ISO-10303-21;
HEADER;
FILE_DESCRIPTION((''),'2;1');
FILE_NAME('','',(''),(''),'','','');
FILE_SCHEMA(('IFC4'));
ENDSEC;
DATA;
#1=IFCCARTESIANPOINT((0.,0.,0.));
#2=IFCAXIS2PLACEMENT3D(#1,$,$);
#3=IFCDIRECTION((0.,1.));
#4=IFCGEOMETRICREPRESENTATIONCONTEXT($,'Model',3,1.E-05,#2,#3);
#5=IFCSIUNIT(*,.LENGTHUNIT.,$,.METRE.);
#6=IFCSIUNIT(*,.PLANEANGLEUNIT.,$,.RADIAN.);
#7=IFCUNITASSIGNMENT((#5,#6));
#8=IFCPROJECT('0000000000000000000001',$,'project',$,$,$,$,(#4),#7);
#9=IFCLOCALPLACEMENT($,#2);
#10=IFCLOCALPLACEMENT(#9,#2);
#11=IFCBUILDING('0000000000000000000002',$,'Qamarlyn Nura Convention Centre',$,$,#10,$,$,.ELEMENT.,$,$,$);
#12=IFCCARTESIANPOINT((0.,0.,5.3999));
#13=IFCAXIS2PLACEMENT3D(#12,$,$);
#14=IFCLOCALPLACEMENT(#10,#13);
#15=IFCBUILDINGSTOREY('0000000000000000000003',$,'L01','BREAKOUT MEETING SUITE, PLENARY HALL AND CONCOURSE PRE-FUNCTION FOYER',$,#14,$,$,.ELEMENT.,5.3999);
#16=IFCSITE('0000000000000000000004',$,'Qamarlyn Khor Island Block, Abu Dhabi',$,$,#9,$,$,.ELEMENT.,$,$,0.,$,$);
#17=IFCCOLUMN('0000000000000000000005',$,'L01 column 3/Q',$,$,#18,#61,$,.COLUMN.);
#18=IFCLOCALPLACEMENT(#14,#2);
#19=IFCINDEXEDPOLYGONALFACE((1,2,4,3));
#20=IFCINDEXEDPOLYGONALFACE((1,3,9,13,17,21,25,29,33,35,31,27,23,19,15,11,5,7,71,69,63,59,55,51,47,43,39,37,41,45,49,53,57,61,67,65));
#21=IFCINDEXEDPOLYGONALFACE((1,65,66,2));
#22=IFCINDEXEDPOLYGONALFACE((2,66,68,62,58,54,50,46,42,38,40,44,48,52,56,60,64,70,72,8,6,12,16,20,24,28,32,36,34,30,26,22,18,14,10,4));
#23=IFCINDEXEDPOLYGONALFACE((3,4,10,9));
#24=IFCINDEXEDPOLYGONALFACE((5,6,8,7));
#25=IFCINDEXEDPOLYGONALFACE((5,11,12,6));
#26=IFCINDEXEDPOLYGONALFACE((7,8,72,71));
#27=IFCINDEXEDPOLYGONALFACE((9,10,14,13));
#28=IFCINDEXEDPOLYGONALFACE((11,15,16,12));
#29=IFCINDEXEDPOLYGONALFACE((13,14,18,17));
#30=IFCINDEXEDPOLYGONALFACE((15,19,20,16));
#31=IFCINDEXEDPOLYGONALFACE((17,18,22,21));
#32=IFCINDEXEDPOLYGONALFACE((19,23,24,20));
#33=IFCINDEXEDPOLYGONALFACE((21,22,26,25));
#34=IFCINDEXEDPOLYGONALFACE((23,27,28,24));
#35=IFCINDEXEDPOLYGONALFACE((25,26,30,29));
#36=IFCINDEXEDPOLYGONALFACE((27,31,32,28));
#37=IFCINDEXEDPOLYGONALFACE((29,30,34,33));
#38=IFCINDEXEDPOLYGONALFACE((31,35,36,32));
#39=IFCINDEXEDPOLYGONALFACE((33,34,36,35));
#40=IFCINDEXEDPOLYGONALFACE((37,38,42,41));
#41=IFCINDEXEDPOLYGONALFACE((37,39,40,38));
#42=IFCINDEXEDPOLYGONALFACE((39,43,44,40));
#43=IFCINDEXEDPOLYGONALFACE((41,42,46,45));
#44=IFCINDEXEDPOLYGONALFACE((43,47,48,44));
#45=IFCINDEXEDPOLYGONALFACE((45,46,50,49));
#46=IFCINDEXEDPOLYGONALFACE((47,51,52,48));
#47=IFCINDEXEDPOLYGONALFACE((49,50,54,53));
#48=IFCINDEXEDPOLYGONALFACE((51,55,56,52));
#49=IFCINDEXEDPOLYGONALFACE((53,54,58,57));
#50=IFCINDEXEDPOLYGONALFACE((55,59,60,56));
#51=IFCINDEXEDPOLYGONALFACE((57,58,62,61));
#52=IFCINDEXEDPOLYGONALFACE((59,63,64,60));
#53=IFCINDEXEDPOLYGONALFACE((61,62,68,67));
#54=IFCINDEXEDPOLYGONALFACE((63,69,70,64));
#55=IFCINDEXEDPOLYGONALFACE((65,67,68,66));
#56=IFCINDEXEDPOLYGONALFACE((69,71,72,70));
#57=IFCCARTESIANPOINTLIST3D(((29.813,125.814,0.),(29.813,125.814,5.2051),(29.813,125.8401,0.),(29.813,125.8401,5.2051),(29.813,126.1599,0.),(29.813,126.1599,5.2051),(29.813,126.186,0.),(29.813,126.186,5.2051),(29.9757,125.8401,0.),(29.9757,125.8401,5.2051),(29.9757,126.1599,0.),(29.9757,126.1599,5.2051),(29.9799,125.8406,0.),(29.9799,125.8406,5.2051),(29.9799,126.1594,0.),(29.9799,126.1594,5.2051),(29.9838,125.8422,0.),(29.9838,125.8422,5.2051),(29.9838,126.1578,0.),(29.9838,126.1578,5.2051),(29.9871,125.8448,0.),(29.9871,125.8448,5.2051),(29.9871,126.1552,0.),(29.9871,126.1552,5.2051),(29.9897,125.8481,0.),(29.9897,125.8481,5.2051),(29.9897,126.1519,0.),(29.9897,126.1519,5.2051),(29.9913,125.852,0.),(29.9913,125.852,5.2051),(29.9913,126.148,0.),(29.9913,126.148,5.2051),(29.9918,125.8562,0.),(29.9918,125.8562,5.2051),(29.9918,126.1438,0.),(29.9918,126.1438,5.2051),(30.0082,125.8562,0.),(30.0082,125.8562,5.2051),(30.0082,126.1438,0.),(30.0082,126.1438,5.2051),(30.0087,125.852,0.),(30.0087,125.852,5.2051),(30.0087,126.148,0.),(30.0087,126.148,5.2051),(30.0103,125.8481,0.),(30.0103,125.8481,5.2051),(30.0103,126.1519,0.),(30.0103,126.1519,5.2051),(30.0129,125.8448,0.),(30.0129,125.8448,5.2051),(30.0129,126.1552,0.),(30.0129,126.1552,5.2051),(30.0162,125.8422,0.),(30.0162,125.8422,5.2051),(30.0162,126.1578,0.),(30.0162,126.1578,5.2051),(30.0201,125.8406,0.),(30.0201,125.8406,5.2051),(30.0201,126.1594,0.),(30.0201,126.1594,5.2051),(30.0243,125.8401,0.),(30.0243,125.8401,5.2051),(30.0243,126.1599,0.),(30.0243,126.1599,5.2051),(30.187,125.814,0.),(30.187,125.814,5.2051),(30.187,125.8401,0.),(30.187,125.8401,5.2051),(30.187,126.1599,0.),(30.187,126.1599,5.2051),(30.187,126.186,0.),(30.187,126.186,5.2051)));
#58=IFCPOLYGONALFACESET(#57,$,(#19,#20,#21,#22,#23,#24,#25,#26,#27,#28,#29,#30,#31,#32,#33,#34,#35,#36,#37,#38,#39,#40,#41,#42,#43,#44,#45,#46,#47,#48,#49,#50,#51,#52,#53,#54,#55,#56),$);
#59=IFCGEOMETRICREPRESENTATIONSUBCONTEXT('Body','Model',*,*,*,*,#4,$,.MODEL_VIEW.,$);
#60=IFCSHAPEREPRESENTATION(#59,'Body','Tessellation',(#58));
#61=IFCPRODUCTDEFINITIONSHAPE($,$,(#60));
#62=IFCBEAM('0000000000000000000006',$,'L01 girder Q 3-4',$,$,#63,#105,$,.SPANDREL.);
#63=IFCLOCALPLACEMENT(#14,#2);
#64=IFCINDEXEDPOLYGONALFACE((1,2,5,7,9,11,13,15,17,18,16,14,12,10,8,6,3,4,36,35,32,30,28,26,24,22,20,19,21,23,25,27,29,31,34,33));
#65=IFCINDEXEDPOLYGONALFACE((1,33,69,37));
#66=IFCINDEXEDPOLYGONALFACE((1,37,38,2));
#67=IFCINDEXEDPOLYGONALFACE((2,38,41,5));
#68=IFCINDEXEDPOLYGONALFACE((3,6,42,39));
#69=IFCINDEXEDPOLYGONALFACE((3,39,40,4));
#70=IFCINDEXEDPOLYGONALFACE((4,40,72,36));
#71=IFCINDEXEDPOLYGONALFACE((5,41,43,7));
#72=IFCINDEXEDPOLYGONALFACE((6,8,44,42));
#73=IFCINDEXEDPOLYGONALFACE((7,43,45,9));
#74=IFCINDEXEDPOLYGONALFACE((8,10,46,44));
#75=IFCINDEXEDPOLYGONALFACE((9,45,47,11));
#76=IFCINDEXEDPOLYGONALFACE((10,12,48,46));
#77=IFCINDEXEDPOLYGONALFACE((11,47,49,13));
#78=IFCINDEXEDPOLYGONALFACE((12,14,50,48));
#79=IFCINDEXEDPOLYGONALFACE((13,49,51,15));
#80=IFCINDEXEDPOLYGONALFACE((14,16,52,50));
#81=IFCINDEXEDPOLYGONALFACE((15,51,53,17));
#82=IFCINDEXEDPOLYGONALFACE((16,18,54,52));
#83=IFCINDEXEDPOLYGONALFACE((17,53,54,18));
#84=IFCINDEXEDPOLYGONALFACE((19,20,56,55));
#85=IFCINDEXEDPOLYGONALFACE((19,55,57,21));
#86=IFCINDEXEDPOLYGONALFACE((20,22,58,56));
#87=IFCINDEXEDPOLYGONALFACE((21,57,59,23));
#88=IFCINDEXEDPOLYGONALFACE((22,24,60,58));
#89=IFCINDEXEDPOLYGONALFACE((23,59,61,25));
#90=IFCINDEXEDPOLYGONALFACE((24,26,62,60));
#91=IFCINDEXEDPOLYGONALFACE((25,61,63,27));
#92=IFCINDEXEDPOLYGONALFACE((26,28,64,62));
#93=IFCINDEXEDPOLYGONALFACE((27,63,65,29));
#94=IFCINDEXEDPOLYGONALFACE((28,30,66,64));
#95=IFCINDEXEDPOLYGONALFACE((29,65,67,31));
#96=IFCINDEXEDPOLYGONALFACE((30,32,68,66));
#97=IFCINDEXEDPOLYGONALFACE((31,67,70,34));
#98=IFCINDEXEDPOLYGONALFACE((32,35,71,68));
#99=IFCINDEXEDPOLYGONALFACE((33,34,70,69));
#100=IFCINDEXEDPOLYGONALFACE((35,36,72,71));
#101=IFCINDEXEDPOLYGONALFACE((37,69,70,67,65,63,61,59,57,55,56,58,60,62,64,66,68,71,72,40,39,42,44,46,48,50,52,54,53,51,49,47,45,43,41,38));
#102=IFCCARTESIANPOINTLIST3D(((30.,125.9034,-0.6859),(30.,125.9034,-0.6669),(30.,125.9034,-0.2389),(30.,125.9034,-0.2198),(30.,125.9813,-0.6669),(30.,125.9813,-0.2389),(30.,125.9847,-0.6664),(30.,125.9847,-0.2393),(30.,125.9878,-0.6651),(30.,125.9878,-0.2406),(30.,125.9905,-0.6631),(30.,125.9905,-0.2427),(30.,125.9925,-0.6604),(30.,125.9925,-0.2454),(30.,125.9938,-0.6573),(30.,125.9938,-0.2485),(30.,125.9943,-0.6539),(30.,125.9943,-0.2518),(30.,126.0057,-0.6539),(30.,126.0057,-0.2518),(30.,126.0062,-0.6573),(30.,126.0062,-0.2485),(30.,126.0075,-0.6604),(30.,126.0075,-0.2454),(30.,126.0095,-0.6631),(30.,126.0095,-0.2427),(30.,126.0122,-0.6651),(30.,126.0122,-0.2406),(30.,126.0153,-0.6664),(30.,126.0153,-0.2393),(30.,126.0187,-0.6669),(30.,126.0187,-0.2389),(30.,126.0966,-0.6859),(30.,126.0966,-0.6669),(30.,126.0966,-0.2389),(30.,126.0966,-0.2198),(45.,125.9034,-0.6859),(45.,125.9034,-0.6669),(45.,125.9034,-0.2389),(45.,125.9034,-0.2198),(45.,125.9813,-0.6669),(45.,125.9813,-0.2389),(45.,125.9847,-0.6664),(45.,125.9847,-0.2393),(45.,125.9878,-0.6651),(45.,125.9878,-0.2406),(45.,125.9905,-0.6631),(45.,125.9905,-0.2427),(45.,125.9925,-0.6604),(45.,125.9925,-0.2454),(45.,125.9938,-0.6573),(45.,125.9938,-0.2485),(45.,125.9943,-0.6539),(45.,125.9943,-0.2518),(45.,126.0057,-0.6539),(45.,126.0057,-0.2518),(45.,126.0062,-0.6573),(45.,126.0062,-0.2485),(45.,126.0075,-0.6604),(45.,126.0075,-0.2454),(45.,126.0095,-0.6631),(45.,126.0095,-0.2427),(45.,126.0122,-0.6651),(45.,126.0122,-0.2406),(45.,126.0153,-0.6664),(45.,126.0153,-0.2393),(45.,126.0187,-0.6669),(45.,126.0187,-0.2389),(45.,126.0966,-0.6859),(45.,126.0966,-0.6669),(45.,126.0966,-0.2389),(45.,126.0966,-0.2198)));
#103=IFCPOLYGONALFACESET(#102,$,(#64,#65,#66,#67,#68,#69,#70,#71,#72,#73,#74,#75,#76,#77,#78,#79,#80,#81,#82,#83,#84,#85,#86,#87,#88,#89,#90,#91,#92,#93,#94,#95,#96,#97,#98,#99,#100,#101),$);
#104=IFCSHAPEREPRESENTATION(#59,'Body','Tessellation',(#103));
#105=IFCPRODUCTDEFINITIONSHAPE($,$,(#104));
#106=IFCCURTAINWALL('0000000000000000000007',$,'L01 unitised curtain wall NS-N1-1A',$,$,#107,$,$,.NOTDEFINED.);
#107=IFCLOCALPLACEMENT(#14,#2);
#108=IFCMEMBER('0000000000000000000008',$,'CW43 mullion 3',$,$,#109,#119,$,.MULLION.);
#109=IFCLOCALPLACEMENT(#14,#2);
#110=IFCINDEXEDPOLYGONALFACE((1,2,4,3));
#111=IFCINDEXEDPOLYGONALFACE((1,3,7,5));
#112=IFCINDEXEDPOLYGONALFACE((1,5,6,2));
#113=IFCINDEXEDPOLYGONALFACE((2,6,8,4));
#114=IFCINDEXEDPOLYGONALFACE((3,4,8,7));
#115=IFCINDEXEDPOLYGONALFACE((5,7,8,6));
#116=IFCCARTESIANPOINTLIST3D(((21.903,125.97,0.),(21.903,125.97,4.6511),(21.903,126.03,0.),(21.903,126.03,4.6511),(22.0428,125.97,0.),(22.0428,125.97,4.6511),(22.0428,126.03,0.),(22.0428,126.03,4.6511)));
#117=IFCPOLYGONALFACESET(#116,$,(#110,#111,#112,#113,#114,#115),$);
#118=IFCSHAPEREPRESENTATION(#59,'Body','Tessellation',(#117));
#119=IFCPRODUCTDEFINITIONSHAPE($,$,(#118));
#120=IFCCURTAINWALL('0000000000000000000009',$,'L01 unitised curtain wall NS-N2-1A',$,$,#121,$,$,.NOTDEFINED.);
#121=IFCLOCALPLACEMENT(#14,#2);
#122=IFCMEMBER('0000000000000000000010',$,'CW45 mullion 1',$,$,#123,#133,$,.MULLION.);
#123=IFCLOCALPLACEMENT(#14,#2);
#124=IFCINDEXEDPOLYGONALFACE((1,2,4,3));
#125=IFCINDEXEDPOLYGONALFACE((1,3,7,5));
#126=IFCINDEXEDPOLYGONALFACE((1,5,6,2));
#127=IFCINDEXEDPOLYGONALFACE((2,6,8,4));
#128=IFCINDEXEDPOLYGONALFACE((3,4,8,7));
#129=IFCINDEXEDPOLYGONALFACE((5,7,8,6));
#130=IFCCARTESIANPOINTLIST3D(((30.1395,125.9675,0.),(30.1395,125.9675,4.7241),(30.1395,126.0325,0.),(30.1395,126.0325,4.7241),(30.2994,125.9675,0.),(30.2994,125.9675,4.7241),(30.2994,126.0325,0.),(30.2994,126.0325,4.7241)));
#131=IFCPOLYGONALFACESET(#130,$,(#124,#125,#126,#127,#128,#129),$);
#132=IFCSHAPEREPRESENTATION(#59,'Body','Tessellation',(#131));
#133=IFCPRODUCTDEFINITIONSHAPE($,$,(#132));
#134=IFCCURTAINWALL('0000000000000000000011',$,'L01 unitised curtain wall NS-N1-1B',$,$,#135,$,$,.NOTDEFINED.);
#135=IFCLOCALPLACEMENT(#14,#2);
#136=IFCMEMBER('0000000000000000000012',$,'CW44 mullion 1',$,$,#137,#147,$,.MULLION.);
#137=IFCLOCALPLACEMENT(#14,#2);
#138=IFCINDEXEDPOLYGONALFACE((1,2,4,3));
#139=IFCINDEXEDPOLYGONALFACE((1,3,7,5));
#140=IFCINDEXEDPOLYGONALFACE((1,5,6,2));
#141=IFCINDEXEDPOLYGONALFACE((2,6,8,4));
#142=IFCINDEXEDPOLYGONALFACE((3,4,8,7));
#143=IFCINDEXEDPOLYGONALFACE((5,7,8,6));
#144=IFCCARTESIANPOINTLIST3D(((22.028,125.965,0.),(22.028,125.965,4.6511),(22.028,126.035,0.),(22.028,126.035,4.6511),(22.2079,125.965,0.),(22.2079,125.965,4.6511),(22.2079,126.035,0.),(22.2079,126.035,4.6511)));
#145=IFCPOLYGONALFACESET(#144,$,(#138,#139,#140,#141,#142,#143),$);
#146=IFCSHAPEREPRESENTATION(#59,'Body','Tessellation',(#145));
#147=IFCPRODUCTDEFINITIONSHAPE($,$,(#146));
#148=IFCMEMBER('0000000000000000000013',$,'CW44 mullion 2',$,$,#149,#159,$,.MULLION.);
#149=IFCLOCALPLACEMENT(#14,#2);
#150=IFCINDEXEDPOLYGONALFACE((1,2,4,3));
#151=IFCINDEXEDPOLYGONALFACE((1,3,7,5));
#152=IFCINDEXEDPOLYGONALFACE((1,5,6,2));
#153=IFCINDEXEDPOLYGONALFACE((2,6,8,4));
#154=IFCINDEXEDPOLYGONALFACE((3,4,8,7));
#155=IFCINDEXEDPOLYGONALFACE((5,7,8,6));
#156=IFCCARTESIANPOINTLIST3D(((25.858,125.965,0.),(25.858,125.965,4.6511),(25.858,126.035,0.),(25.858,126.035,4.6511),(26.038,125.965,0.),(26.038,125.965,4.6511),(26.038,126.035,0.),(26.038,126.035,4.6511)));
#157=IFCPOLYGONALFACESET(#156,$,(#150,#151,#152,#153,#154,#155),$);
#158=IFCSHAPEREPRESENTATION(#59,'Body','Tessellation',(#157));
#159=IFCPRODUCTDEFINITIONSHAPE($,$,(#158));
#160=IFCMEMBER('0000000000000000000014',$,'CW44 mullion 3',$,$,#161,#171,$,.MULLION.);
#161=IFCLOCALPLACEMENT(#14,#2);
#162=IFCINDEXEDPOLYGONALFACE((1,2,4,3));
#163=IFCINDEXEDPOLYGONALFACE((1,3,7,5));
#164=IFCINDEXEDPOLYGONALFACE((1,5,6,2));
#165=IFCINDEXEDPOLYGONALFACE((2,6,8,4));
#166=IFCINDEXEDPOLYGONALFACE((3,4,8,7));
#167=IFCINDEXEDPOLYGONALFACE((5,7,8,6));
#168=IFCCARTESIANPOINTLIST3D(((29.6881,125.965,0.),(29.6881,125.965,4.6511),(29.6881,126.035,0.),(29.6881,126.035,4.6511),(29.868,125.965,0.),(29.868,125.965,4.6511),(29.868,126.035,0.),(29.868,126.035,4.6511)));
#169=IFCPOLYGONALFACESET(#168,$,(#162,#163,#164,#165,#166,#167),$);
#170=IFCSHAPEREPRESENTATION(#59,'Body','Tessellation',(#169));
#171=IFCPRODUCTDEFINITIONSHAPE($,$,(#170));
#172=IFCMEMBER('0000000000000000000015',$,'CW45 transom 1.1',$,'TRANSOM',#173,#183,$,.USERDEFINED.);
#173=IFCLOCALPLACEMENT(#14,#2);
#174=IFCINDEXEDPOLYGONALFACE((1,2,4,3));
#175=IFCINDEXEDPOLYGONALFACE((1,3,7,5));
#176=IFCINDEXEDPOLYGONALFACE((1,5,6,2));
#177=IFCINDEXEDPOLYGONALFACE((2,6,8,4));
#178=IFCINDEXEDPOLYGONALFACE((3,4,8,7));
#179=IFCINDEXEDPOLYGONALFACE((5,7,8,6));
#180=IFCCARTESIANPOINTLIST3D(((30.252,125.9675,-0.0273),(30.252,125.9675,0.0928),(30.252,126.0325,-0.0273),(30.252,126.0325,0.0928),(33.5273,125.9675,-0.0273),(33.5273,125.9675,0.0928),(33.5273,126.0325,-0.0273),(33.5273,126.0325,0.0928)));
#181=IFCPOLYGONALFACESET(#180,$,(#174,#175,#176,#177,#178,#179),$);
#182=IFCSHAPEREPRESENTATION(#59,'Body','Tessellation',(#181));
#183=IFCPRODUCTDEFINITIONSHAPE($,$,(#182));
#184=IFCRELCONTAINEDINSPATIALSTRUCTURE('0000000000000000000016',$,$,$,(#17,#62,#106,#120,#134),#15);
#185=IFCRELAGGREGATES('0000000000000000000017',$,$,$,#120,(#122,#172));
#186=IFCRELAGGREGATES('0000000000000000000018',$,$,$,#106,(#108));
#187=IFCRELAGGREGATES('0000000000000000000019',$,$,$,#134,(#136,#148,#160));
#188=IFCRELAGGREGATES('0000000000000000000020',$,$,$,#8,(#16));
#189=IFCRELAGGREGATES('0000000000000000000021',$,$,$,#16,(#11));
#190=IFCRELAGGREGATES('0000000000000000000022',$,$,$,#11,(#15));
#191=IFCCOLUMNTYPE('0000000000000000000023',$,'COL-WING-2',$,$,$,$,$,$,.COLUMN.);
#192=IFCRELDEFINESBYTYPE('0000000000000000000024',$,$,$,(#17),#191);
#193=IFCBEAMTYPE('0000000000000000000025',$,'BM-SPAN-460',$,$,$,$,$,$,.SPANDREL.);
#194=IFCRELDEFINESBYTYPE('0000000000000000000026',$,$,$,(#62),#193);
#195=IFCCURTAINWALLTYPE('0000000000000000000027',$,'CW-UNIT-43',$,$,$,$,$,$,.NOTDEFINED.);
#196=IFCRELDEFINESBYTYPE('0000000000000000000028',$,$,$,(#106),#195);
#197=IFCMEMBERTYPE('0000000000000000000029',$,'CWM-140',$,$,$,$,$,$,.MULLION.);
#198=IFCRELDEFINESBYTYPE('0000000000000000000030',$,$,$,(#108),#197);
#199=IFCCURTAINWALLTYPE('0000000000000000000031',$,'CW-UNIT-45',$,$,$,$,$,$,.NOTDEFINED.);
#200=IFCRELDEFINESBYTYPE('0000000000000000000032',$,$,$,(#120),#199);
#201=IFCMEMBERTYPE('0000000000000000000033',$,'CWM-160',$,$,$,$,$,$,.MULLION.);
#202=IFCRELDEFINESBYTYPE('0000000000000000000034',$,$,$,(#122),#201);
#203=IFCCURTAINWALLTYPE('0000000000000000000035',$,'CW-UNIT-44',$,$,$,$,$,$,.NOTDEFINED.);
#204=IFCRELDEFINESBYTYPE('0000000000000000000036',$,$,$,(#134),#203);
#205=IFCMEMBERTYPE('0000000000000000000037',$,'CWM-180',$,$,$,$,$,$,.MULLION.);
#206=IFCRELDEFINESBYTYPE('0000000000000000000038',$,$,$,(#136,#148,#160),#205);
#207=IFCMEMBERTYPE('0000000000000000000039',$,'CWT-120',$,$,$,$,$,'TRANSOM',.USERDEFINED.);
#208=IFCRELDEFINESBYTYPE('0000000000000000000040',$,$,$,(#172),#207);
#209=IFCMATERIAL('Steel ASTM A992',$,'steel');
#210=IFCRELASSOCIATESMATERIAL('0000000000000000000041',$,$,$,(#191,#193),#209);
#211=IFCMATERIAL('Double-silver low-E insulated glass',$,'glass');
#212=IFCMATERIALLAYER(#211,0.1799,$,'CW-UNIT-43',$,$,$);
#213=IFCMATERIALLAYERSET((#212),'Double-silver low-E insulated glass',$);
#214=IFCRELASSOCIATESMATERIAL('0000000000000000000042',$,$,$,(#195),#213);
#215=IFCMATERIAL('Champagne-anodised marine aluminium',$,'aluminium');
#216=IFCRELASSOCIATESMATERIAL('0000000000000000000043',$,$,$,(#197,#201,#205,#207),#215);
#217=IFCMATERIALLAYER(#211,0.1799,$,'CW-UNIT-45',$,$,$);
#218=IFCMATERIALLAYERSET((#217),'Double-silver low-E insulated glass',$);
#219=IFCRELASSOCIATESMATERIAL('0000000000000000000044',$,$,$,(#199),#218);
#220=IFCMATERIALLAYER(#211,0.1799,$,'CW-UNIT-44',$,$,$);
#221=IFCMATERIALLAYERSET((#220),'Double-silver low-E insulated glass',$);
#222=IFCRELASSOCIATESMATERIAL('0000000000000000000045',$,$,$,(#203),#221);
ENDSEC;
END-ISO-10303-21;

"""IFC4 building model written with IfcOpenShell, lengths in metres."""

from ifc_helpers import new_model, si_unit, direction, frame, origin, origin_2d, place, context, subcontext, project, spatial, rectangle, i_section, extrude, material, layer, layer_set, material_profile, profile_set, type_object, element, aggregate, save


model = new_model("IFC4")

# Units and contexts
model_context = context("Model", 3, precision=1e-05, world=origin(), true_north=direction((0.0, 1.0)))
body_context = subcontext(model_context, "Body", "Model", "MODEL_VIEW")
ifc_project = project(units=[si_unit("LENGTHUNIT", "METRE"), si_unit("PLANEANGLEUNIT", "RADIAN")], contexts=[model_context])

# Site, building, storey
site_placement = place(None, origin())
site = spatial("IfcSite", under=ifc_project, at=site_placement, Name="Qamarlyn Khor Island Block, Abu Dhabi", CompositionType="ELEMENT", RefElevation=0.0)
building_placement = place(site_placement, origin())
building = spatial("IfcBuilding", under=site, at=building_placement, Name="Qamarlyn Nura Convention Centre", CompositionType="ELEMENT")
storey_placement = place(building_placement, frame((0.0, 0.0, 5.3999)))
storey = spatial("IfcBuildingStorey", under=building, at=storey_placement, Name="L01", Description="BREAKOUT MEETING SUITE, PLENARY HALL AND CONCOURSE PRE-FUNCTION FOYER", CompositionType="ELEMENT", Elevation=5.3999)

# Column
ifc_material_1 = material(Name="Steel ASTM A992", Category="steel")
ifc_material_profile_1 = material_profile(ifc_material_1, i_section(OverallWidth=0.374, OverallDepth=0.3721, WebThickness=0.0164, FlangeThickness=0.0261, FilletRadius=0.0161, at=origin_2d()), Name="W360X196")
ifc_profile_set_1 = profile_set([ifc_material_profile_1], Name="Steel ASTM A992")
column_type = type_object("IfcColumnType", Name="COL-WING-2", PredefinedType="COLUMN", material=ifc_profile_set_1)
column_placement = place(storey_placement, frame((30.0, 126.0, 0.0), z_axis=(0.0, 0.0, 1.0), x_axis=(1.0, 0.0, 0.0)))
element("IfcColumn", 1, at=column_placement, inside=storey, type_object=column_type, Name="L01 column 3/Q", PredefinedType="COLUMN", context=body_context, shape_type="SweptSolid", body=[
    extrude(i_section(OverallWidth=0.374, OverallDepth=0.3721, WebThickness=0.0164, FlangeThickness=0.0261, FilletRadius=0.0161, at=origin_2d()), origin(), (0.0, 0.0, 1.0), 5.2051),
])

# Beam
ifc_material_profile_2 = material_profile(ifc_material_1, i_section(OverallWidth=0.1931, OverallDepth=0.4661, WebThickness=0.0115, FlangeThickness=0.019, FilletRadius=0.0129, at=origin_2d()), Name="W460X97")
ifc_profile_set_2 = profile_set([ifc_material_profile_2], Name="Steel ASTM A992")
beam_type = type_object("IfcBeamType", Name="BM-SPAN-460", PredefinedType="SPANDREL", material=ifc_profile_set_2)
beam_placement = place(storey_placement, frame((30.0, 126.0, -0.4529), z_axis=(1.0, 0.0, 0.0), x_axis=(0.0, 1.0, 0.0)))
element("IfcBeam", 2, at=beam_placement, inside=storey, type_object=beam_type, Name="L01 girder Q 3-4", PredefinedType="SPANDREL", context=body_context, shape_type="SweptSolid", body=[
    extrude(i_section(OverallWidth=0.1931, OverallDepth=0.4661, WebThickness=0.0115, FlangeThickness=0.019, FilletRadius=0.0129, at=origin_2d()), origin(), (0.0, 0.0, 1.0), 15.0),
])

# Curtain walls, members
ifc_material_2 = material(Name="Double-silver low-E insulated glass", Category="glass")
ifc_layer_1 = layer(ifc_material_2, 0.1799, Name="CW-UNIT-43")
ifc_layer_set_1 = layer_set([ifc_layer_1], Name="Double-silver low-E insulated glass")
curtain_wall_type_1 = type_object("IfcCurtainWallType", Name="CW-UNIT-43", PredefinedType="NOTDEFINED", material=ifc_layer_set_1)
curtain_wall_1_placement = place(storey_placement, origin())
curtain_wall_1 = element("IfcCurtainWall", 3, at=curtain_wall_1_placement, inside=storey, type_object=curtain_wall_type_1, Name="L01 unitised curtain wall NS-N1-1A", PredefinedType="NOTDEFINED")
ifc_material_3 = material(Name="Champagne-anodised marine aluminium", Category="aluminium")
ifc_material_profile_3 = material_profile(ifc_material_3, rectangle(XDim=0.0601, YDim=0.1399, at=origin_2d()), Name="ALU MULLION 60x140")
ifc_profile_set_3 = profile_set([ifc_material_profile_3], Name="Champagne-anodised marine aluminium")
member_type_1 = type_object("IfcMemberType", Name="CWM-140", PredefinedType="MULLION", material=ifc_profile_set_3)
member_1_placement = place(storey_placement, frame((21.9729, 126.0, 0.0), z_axis=(0.0, 0.0, 1.0), x_axis=(0.0, 1.0, 0.0)))
member_1 = element("IfcMember", 4, at=member_1_placement, type_object=member_type_1, Name="CW43 mullion 3", PredefinedType="MULLION", context=body_context, shape_type="SweptSolid", body=[
    extrude(rectangle(XDim=0.0601, YDim=0.1399, at=origin_2d()), origin(), (0.0, 0.0, 1.0), 4.6511),
])
ifc_layer_2 = layer(ifc_material_2, 0.1799, Name="CW-UNIT-45")
ifc_layer_set_2 = layer_set([ifc_layer_2], Name="Double-silver low-E insulated glass")
curtain_wall_type_2 = type_object("IfcCurtainWallType", Name="CW-UNIT-45", PredefinedType="NOTDEFINED", material=ifc_layer_set_2)
curtain_wall_2_placement = place(storey_placement, origin())
curtain_wall_2 = element("IfcCurtainWall", 5, at=curtain_wall_2_placement, inside=storey, type_object=curtain_wall_type_2, Name="L01 unitised curtain wall NS-N2-1A", PredefinedType="NOTDEFINED")
ifc_material_profile_4 = material_profile(ifc_material_3, rectangle(XDim=0.0649, YDim=0.1599, at=origin_2d()), Name="ALU MULLION 65x160")
ifc_profile_set_4 = profile_set([ifc_material_profile_4], Name="Champagne-anodised marine aluminium")
member_type_2 = type_object("IfcMemberType", Name="CWM-160", PredefinedType="MULLION", material=ifc_profile_set_4)
member_2_placement = place(storey_placement, frame((30.2195, 126.0, 0.0), z_axis=(0.0, 0.0, 1.0), x_axis=(0.0, 1.0, 0.0)))
member_2 = element("IfcMember", 6, at=member_2_placement, type_object=member_type_2, Name="CW45 mullion 1", PredefinedType="MULLION", context=body_context, shape_type="SweptSolid", body=[
    extrude(rectangle(XDim=0.0649, YDim=0.1599, at=origin_2d()), origin(), (0.0, 0.0, 1.0), 4.7241),
])

# Curtain wall, members
ifc_layer_3 = layer(ifc_material_2, 0.1799, Name="CW-UNIT-44")
ifc_layer_set_3 = layer_set([ifc_layer_3], Name="Double-silver low-E insulated glass")
curtain_wall_type_3 = type_object("IfcCurtainWallType", Name="CW-UNIT-44", PredefinedType="NOTDEFINED", material=ifc_layer_set_3)
curtain_wall_3_placement = place(storey_placement, origin())
curtain_wall_3 = element("IfcCurtainWall", 7, at=curtain_wall_3_placement, inside=storey, type_object=curtain_wall_type_3, Name="L01 unitised curtain wall NS-N1-1B", PredefinedType="NOTDEFINED")
ifc_material_profile_5 = material_profile(ifc_material_3, rectangle(XDim=0.0701, YDim=0.1799, at=origin_2d()), Name="ALU MULLION 70x180")
ifc_profile_set_5 = profile_set([ifc_material_profile_5], Name="Champagne-anodised marine aluminium")
member_type_3 = type_object("IfcMemberType", Name="CWM-180", PredefinedType="MULLION", material=ifc_profile_set_5)
member_3_placement = place(storey_placement, frame((22.1179, 126.0, 0.0), z_axis=(0.0, 0.0, 1.0), x_axis=(0.0, 1.0, 0.0)))
member_3 = element("IfcMember", 8, at=member_3_placement, type_object=member_type_3, Name="CW44 mullion 1", PredefinedType="MULLION", context=body_context, shape_type="SweptSolid", body=[
    extrude(rectangle(XDim=0.0701, YDim=0.1799, at=origin_2d()), origin(), (0.0, 0.0, 1.0), 4.6511),
])
member_4_placement = place(storey_placement, frame((25.948, 126.0, 0.0), z_axis=(0.0, 0.0, 1.0), x_axis=(0.0, 1.0, 0.0)))
member_4 = element("IfcMember", 9, at=member_4_placement, type_object=member_type_3, Name="CW44 mullion 2", PredefinedType="MULLION", context=body_context, shape_type="SweptSolid", body=[
    extrude(rectangle(XDim=0.0701, YDim=0.1799, at=origin_2d()), origin(), (0.0, 0.0, 1.0), 4.6511),
])
member_5_placement = place(storey_placement, frame((29.7781, 126.0, 0.0), z_axis=(0.0, 0.0, 1.0), x_axis=(0.0, 1.0, 0.0)))
member_5 = element("IfcMember", 10, at=member_5_placement, type_object=member_type_3, Name="CW44 mullion 3", PredefinedType="MULLION", context=body_context, shape_type="SweptSolid", body=[
    extrude(rectangle(XDim=0.0701, YDim=0.1799, at=origin_2d()), origin(), (0.0, 0.0, 1.0), 4.6511),
])

# Member
ifc_material_profile_6 = material_profile(ifc_material_3, rectangle(XDim=0.0649, YDim=0.1201, at=origin_2d()), Name="ALU TRANSOM 65x120")
ifc_profile_set_6 = profile_set([ifc_material_profile_6], Name="Champagne-anodised marine aluminium")
member_type_4 = type_object("IfcMemberType", Name="CWT-120", ElementType="TRANSOM", PredefinedType="USERDEFINED", material=ifc_profile_set_6)
member_6_placement = place(storey_placement, frame((30.252, 126.0, 0.0327), z_axis=(1.0, 0.0, 0.0), x_axis=(0.0, 1.0, 0.0)))
member_6 = element("IfcMember", 11, at=member_6_placement, type_object=member_type_4, Name="CW45 transom 1.1", ObjectType="TRANSOM", PredefinedType="USERDEFINED", context=body_context, shape_type="SweptSolid", body=[
    extrude(rectangle(XDim=0.0649, YDim=0.1201, at=origin_2d()), origin(), (0.0, 0.0, 1.0), 3.2754),
])
aggregate(curtain_wall_2, [member_2, member_6])

aggregate(curtain_wall_1, [member_1])
aggregate(curtain_wall_3, [member_3, member_4, member_5])

save(model, "model.ifc")
